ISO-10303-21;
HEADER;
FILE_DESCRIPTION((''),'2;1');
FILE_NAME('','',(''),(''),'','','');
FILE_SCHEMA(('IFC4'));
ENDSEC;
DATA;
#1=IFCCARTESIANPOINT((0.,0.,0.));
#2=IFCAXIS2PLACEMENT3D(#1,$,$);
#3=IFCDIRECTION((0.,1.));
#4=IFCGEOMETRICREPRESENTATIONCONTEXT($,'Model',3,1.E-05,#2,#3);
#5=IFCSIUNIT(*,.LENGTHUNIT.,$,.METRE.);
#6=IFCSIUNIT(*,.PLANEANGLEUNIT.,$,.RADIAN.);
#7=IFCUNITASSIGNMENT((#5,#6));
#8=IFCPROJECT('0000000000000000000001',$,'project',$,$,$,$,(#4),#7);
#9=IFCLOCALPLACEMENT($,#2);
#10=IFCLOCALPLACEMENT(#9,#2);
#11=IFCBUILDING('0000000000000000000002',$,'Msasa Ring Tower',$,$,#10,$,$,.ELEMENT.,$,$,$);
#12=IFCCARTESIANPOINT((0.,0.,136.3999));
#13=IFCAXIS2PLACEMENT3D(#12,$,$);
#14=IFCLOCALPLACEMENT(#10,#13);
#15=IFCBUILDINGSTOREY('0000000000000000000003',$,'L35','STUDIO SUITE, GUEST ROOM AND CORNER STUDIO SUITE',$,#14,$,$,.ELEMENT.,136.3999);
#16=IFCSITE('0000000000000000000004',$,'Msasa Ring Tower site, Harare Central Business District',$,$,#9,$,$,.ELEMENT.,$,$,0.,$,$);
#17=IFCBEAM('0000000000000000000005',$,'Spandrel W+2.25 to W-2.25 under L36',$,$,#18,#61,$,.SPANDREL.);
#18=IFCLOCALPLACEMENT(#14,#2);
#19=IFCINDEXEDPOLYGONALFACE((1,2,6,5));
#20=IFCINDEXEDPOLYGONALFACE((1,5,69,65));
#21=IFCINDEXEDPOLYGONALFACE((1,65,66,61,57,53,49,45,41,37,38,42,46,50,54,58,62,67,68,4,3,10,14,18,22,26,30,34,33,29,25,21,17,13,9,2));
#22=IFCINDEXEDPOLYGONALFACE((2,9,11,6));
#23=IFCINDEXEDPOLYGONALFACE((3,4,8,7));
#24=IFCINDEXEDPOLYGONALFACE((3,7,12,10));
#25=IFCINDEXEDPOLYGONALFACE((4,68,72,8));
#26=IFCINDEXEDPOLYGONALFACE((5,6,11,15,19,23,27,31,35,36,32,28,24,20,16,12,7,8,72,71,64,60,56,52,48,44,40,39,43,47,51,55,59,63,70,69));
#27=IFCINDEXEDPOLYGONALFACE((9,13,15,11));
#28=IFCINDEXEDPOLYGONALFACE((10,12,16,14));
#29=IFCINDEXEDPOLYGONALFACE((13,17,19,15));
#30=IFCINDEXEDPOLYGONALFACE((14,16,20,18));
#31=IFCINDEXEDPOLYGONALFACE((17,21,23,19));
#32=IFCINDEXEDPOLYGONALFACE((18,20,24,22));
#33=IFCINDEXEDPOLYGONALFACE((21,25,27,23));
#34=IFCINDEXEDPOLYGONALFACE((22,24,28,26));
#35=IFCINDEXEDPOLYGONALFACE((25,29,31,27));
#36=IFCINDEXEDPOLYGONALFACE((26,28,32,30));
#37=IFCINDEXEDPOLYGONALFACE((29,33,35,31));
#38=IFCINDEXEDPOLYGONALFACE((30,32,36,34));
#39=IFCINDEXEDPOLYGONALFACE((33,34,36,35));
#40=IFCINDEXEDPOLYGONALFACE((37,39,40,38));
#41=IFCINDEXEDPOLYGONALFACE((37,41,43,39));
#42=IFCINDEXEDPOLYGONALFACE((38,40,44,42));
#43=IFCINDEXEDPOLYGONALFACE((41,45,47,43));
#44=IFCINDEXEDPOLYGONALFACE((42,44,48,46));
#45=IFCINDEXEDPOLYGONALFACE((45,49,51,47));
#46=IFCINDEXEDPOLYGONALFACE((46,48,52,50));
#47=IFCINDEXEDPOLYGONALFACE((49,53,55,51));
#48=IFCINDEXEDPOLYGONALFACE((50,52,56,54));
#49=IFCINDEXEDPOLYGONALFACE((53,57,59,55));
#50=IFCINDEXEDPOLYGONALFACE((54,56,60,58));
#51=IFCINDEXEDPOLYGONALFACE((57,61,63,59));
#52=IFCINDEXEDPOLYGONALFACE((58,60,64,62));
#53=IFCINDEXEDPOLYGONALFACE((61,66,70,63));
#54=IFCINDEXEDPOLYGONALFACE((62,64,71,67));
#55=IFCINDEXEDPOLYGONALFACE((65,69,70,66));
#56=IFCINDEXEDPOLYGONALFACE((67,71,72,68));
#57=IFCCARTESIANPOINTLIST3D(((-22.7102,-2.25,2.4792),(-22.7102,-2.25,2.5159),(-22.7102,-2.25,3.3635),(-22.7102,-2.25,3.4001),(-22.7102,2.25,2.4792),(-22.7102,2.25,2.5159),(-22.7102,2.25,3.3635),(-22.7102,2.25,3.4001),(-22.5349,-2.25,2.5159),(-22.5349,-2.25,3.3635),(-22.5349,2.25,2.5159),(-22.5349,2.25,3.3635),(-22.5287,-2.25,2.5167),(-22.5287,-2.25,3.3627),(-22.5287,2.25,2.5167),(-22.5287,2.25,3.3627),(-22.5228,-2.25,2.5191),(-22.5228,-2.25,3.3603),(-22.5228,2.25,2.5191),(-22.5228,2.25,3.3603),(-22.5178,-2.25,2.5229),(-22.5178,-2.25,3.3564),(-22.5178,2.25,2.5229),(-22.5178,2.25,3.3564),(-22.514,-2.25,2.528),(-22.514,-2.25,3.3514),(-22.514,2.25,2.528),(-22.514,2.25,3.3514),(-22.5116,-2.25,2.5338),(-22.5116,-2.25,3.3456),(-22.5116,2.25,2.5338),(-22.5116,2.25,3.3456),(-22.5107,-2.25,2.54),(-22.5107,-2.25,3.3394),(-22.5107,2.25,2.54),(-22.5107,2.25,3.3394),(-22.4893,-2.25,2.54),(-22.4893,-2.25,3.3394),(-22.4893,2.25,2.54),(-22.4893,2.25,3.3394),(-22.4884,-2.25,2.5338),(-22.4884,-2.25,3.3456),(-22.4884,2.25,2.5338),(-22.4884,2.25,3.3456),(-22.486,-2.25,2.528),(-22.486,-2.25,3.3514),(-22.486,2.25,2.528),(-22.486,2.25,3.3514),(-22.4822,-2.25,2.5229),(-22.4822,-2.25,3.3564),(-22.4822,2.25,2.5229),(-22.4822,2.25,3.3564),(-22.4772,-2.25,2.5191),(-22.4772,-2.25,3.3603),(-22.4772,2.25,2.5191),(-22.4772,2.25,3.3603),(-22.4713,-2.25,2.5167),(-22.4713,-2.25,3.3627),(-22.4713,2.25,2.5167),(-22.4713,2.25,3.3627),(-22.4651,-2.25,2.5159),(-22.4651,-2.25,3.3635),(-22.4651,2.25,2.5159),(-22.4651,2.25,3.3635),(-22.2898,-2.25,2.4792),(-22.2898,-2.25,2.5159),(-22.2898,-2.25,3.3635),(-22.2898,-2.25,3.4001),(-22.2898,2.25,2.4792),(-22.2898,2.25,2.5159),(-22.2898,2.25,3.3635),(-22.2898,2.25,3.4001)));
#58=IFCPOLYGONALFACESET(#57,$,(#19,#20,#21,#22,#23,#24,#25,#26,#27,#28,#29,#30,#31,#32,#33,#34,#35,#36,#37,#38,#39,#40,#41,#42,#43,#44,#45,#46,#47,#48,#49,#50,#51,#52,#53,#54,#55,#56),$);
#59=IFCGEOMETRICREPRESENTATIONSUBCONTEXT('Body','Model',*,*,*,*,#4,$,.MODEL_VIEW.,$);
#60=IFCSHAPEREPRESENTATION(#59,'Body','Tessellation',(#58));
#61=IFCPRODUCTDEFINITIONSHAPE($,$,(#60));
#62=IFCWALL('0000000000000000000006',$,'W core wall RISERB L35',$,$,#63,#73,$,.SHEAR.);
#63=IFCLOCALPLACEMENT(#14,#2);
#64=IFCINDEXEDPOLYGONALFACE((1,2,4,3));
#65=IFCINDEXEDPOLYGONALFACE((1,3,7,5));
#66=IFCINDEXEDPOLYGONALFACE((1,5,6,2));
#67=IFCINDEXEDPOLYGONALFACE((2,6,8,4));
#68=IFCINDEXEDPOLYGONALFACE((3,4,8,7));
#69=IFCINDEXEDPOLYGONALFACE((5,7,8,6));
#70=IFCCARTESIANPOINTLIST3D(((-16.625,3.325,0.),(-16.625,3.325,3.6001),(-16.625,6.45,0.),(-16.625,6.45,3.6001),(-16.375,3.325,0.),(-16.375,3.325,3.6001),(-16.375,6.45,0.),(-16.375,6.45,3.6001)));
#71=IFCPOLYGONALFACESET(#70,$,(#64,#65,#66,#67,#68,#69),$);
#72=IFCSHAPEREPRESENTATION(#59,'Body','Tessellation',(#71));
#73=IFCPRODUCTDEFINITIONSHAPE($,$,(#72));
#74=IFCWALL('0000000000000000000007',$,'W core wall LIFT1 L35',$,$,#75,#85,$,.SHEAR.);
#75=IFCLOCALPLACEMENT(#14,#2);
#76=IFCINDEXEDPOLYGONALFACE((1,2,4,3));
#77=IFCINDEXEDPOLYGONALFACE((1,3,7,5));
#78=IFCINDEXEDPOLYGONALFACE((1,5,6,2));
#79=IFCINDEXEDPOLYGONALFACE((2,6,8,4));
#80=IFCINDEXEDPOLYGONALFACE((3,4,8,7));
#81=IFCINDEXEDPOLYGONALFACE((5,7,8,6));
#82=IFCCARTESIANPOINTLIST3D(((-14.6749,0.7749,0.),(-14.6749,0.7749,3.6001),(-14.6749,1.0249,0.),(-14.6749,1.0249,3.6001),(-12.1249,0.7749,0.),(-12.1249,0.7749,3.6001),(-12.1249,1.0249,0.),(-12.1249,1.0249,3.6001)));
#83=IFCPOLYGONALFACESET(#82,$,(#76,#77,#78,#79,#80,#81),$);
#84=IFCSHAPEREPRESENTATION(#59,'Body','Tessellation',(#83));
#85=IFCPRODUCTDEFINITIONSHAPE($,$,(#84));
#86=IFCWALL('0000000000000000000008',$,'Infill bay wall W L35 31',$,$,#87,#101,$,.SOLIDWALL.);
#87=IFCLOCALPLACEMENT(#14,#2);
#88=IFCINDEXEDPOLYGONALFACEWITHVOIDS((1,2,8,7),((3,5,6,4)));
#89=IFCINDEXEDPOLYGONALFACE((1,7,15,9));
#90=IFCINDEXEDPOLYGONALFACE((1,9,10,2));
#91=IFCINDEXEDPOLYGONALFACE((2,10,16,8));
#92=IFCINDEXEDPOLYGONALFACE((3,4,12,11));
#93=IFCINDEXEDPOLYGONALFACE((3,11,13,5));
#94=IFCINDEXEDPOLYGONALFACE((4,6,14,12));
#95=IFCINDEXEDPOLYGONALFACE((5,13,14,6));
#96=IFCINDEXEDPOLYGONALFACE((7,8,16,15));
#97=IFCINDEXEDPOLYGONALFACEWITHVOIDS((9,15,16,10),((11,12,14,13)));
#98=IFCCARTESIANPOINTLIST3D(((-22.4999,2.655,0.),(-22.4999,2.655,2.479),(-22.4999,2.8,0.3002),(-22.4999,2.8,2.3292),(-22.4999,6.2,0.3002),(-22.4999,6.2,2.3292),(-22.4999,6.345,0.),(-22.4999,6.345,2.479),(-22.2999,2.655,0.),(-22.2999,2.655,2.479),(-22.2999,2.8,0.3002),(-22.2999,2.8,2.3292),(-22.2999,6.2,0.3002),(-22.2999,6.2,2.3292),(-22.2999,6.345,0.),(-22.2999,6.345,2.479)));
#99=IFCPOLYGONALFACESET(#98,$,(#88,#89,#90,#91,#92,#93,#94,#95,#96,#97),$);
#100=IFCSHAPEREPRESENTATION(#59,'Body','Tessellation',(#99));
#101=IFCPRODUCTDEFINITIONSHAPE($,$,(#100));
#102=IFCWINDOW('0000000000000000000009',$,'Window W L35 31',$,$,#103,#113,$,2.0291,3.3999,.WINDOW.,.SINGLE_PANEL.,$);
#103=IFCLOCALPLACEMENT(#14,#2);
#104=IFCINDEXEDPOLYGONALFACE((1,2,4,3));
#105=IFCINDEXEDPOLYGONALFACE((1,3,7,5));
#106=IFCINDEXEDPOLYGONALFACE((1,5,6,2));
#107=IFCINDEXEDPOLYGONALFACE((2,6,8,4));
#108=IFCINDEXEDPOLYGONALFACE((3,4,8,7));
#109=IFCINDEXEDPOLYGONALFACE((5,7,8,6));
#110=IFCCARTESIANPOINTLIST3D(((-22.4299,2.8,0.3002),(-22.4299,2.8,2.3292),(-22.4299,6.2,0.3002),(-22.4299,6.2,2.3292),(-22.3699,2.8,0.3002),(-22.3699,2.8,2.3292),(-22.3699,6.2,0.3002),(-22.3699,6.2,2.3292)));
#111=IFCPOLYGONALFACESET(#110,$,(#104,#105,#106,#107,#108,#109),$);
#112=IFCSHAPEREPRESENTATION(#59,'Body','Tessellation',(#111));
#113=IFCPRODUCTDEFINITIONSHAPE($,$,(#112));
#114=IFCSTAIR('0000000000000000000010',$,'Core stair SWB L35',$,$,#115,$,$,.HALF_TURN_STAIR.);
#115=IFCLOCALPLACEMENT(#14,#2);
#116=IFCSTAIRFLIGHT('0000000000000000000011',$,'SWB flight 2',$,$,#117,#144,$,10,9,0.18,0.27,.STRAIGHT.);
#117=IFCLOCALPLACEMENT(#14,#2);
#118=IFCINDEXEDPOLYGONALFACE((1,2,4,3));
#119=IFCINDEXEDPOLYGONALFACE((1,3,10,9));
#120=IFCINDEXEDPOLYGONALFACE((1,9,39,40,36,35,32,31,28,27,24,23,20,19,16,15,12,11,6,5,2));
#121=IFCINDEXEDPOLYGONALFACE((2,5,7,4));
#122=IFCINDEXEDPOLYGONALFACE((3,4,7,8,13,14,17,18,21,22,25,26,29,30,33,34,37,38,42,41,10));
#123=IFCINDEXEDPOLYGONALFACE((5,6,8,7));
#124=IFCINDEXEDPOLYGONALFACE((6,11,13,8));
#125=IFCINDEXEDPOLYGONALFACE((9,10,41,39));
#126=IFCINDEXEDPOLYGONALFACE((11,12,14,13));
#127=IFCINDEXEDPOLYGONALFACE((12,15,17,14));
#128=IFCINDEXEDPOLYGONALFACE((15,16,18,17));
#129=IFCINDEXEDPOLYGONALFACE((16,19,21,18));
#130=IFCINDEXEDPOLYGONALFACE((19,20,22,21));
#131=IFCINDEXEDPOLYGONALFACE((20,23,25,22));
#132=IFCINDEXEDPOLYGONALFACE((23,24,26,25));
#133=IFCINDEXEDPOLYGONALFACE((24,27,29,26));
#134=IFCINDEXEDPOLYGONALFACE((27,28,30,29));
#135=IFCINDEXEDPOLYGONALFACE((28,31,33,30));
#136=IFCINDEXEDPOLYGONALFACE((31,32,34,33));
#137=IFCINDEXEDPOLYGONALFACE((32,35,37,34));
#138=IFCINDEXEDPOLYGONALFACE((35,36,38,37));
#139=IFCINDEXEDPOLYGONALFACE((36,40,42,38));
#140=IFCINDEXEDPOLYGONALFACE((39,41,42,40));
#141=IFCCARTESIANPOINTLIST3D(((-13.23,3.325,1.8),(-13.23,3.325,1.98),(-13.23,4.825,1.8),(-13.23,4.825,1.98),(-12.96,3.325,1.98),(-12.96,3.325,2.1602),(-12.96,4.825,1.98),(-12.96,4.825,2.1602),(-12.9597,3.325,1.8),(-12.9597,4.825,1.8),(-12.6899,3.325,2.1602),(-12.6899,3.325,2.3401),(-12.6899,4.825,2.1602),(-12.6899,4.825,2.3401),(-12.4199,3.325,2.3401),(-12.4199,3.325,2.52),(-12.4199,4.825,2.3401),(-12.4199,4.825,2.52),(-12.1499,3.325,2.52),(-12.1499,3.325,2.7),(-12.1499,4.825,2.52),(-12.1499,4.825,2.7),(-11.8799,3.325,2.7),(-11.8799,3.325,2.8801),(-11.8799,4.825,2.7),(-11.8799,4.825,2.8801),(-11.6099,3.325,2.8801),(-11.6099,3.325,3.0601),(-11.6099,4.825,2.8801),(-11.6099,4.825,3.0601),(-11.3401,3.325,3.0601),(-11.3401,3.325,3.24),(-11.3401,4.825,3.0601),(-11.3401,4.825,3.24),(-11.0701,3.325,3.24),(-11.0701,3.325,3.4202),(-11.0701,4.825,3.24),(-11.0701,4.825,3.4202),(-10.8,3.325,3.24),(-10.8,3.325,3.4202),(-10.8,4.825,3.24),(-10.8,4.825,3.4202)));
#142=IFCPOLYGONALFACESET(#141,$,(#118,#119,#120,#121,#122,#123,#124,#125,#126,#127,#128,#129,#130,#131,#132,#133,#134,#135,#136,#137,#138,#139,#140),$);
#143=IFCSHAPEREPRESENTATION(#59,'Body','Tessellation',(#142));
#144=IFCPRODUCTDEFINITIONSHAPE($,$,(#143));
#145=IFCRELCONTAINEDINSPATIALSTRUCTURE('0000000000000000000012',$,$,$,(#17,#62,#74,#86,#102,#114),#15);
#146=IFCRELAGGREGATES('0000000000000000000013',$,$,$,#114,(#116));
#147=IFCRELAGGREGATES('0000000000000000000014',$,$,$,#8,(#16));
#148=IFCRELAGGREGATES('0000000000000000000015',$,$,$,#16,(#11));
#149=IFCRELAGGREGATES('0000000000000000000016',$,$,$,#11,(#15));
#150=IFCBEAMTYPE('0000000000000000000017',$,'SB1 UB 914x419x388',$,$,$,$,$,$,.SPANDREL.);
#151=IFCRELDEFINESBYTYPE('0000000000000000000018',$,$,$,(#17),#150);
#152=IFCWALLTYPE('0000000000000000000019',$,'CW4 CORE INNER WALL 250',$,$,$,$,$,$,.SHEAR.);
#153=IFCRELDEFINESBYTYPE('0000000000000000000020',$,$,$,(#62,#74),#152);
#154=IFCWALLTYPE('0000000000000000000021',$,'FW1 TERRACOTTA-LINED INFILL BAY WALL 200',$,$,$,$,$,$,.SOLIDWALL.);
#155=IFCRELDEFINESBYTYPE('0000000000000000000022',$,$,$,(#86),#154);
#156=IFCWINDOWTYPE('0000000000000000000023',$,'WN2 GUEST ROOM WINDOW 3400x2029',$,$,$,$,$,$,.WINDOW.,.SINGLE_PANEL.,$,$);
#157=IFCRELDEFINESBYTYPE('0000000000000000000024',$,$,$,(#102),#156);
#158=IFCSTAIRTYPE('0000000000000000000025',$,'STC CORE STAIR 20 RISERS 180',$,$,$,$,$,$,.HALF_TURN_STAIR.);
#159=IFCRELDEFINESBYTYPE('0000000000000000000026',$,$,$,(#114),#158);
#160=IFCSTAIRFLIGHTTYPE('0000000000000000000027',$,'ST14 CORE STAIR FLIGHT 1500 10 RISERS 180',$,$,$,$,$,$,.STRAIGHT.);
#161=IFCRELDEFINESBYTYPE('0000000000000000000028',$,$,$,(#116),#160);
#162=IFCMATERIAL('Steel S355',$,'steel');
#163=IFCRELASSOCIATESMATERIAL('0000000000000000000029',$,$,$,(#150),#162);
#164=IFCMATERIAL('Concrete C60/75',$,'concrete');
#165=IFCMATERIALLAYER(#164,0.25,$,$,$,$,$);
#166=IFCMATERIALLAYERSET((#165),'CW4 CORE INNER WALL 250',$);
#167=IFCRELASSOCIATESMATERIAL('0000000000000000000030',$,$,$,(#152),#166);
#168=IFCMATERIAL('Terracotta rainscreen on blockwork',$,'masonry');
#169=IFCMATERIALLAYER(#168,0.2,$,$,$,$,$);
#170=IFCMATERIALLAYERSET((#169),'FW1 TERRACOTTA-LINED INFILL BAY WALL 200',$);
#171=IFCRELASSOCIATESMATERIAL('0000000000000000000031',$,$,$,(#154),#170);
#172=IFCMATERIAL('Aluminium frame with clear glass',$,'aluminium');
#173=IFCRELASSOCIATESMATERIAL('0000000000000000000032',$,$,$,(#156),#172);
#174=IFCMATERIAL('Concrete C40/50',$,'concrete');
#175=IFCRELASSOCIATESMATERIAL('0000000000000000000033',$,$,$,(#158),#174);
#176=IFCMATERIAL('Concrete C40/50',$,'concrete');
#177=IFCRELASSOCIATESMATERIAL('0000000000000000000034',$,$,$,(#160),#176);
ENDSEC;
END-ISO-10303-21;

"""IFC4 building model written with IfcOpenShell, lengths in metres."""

from ifc_helpers import new_model, si_unit, direction, frame, frame_2d, origin, origin_2d, place, context, subcontext, project, spatial, polyline, rectangle, i_section, outline, extrude, material, layer, layer_set, material_profile, profile_set, type_object, element, fill, aggregate, save


model = new_model("IFC4")

# Units and contexts
model_context = context("Model", 3, precision=1e-05, world=origin(), true_north=direction((0.0, 1.0)))
body_context = subcontext(model_context, "Body", "Model", "MODEL_VIEW")
ifc_project = project(units=[si_unit("LENGTHUNIT", "METRE"), si_unit("PLANEANGLEUNIT", "RADIAN")], contexts=[model_context])

# Site, building, storey
site_placement = place(None, origin())
site = spatial("IfcSite", under=ifc_project, at=site_placement, Name="Msasa Ring Tower site, Harare Central Business District", CompositionType="ELEMENT", RefElevation=0.0)
building_placement = place(site_placement, origin())
building = spatial("IfcBuilding", under=site, at=building_placement, Name="Msasa Ring Tower", CompositionType="ELEMENT")
storey_placement = place(building_placement, frame((0.0, 0.0, 136.3999)))
storey = spatial("IfcBuildingStorey", under=building, at=storey_placement, Name="L35", Description="STUDIO SUITE, GUEST ROOM AND CORNER STUDIO SUITE", CompositionType="ELEMENT", Elevation=136.3999)

# Beam
ifc_material_1 = material(Name="Steel S355", Category="steel")
ifc_material_profile_1 = material_profile(ifc_material_1, i_section(OverallWidth=0.4204, OverallDepth=0.9209, WebThickness=0.0215, FlangeThickness=0.0366, FilletRadius=0.0242, at=origin_2d()), Name="UB 914x419x388")
ifc_profile_set_1 = profile_set([ifc_material_profile_1], Name="Steel S355")
beam_type_1 = type_object("IfcBeamType", Name="SB1 UB 914x419x388", PredefinedType="SPANDREL", material=ifc_profile_set_1)
for number, where, z_axis, x_axis, name in (
    (1, (-22.5, 2.25, 2.9397), (0.0, -1.0, 0.0), (1.0, 0.0, 0.0), "Spandrel W+2.25 to W-2.25 under L36"),
):
    element("IfcBeam", number, at=place(storey_placement, frame(where, z_axis=z_axis, x_axis=x_axis)), inside=storey, type_object=beam_type_1, Name=name, PredefinedType="SPANDREL", context=body_context, shape_type="SweptSolid", body=[
        extrude(i_section(OverallWidth=0.4204, OverallDepth=0.9209, WebThickness=0.0215, FlangeThickness=0.0366, FilletRadius=0.0242, at=origin_2d()), origin(), (0.0, 0.0, 1.0), 4.5),
    ])

# Walls
ifc_material_2 = material(Name="Concrete C60/75", Category="concrete")
ifc_layer_1 = layer(ifc_material_2, 0.25)
ifc_layer_set_1 = layer_set([ifc_layer_1], Name="CW4 CORE INNER WALL 250")
wall_type_1 = type_object("IfcWallType", Name="CW4 CORE INNER WALL 250", PredefinedType="SHEAR", material=ifc_layer_set_1)
wall_1_placement = place(storey_placement, frame((-16.5, 3.325, 0.0), z_axis=(0.0, 0.0, 1.0), x_axis=(0.0, 1.0, 0.0)))
element("IfcWall", 2, at=wall_1_placement, inside=storey, type_object=wall_type_1, Name="W core wall RISERB L35", PredefinedType="SHEAR", context=body_context, shape_type="SweptSolid", body=[
    extrude(rectangle(XDim=3.125, YDim=0.25, at=frame_2d((1.5625, 0.0))), origin(), (0.0, 0.0, 1.0), 3.6001),
])
wall_2_placement = place(storey_placement, frame((-12.125, 0.8999, 0.0), z_axis=(0.0, 0.0, 1.0), x_axis=(-1.0, 0.0, 0.0)))
element("IfcWall", 3, at=wall_2_placement, inside=storey, type_object=wall_type_1, Name="W core wall LIFT1 L35", PredefinedType="SHEAR", context=body_context, shape_type="SweptSolid", body=[
    extrude(rectangle(XDim=2.55, YDim=0.25, at=frame_2d((1.2749, 0.0))), origin(), (0.0, 0.0, 1.0), 3.6001),
])

# Wall, opening, window
ifc_material_3 = material(Name="Terracotta rainscreen on blockwork", Category="masonry")
ifc_layer_2 = layer(ifc_material_3, 0.2)
ifc_layer_set_2 = layer_set([ifc_layer_2], Name="FW1 TERRACOTTA-LINED INFILL BAY WALL 200")
wall_type_2 = type_object("IfcWallType", Name="FW1 TERRACOTTA-LINED INFILL BAY WALL 200", PredefinedType="SOLIDWALL", material=ifc_layer_set_2)
wall_3_placement = place(storey_placement, frame((-22.3999, 2.655, 0.0), z_axis=(0.0, 0.0, 1.0), x_axis=(0.0, 1.0, 0.0)))
wall_3 = element("IfcWall", 4, at=wall_3_placement, inside=storey, type_object=wall_type_2, Name="Infill bay wall W L35 31", PredefinedType="SOLIDWALL", context=body_context, shape_type="SweptSolid", body=[
    extrude(rectangle(XDim=3.6899, YDim=0.2, at=frame_2d((1.845, 0.0))), origin(), (0.0, 0.0, 1.0), 2.479),
])
opening_placement = place(wall_3_placement, frame((0.145, 0.0, 0.3)))
opening = element("IfcOpeningElement", 5, at=opening_placement, cuts=wall_3, PredefinedType="OPENING", context=body_context, shape_type="SweptSolid", body=[
    extrude(rectangle(XDim=3.3999, YDim=2.0291, at=frame_2d((1.7, 1.0146))), frame((0.0, 0.1099, 0.0), z_axis=(0.0, -1.0, 0.0), x_axis=(1.0, 0.0, 0.0)), (0.0, 0.0, 1.0), 0.22),
])
ifc_material_4 = material(Name="Aluminium frame with clear glass", Category="aluminium")
window_type = type_object("IfcWindowType", Name="WN2 GUEST ROOM WINDOW 3400x2029", PartitioningType="SINGLE_PANEL", PredefinedType="WINDOW", material=ifc_material_4)
window_placement = place(opening_placement, origin())
window = element("IfcWindow", 6, at=window_placement, inside=storey, type_object=window_type, Name="Window W L35 31", OverallHeight=2.0291, OverallWidth=3.3999, PartitioningType="SINGLE_PANEL", PredefinedType="WINDOW", context=body_context, shape_type="SweptSolid", body=[
    extrude(rectangle(XDim=3.3999, YDim=2.0291, at=frame_2d((1.7, 1.0146))), frame((0.0, 0.03, 0.0), z_axis=(0.0, -1.0, 0.0), x_axis=(1.0, 0.0, 0.0)), (0.0, 0.0, 1.0), 0.0601),
])
fill(opening, window)

# Stair, stair flight
ifc_material_5 = material(Name="Concrete C40/50", Category="concrete")
stair_type = type_object("IfcStairType", Name="STC CORE STAIR 20 RISERS 180", PredefinedType="HALF_TURN_STAIR", material=ifc_material_5)
stair_placement = place(storey_placement, origin())
stair = element("IfcStair", 7, at=stair_placement, inside=storey, type_object=stair_type, Name="Core stair SWB L35", PredefinedType="HALF_TURN_STAIR")
ifc_material_6 = material(Name="Concrete C40/50", Category="concrete")
stair_flight_type = type_object("IfcStairFlightType", Name="ST14 CORE STAIR FLIGHT 1500 10 RISERS 180", PredefinedType="STRAIGHT", material=ifc_material_6)
stair_flight_placement = place(storey_placement, frame((-13.23, 4.075, 1.8), z_axis=(0.0, 0.0, 1.0), x_axis=(1.0, 0.0, 0.0)))
stair_flight = element("IfcStairFlight", 8, at=stair_flight_placement, type_object=stair_flight_type, Name="SWB flight 2", NumberOfRisers=10, NumberOfTreads=9, PredefinedType="STRAIGHT", RiserHeight=0.18, TreadLength=0.27, context=body_context, shape_type="SweptSolid", body=[
    extrude(outline(polyline([(0.0, 0.0), (0.0, 0.1799), (0.27, 0.1799), (0.27, 0.3601), (0.54, 0.3601), (0.54, 0.54), (0.8101, 0.54), (0.8101, 0.72), (1.0801, 0.72), (1.0801, 0.8999), (1.3501, 0.8999), (1.3501, 1.0801), (1.6201, 1.0801), (1.6201, 1.26), (1.8899, 1.26), (1.8899, 1.4399), (2.1599, 1.4399), (2.1599, 1.6201), (2.4299, 1.6201), (2.4299, 1.8), (2.4299, 1.4399), (0.2703, 0.0), (0.0, 0.0)])), frame((0.0, 0.75, 0.0), z_axis=(0.0, -1.0, 0.0), x_axis=(1.0, 0.0, 0.0)), (0.0, 0.0, 1.0), 1.5),
])
aggregate(stair, [stair_flight])

save(model, "model.ifc")
